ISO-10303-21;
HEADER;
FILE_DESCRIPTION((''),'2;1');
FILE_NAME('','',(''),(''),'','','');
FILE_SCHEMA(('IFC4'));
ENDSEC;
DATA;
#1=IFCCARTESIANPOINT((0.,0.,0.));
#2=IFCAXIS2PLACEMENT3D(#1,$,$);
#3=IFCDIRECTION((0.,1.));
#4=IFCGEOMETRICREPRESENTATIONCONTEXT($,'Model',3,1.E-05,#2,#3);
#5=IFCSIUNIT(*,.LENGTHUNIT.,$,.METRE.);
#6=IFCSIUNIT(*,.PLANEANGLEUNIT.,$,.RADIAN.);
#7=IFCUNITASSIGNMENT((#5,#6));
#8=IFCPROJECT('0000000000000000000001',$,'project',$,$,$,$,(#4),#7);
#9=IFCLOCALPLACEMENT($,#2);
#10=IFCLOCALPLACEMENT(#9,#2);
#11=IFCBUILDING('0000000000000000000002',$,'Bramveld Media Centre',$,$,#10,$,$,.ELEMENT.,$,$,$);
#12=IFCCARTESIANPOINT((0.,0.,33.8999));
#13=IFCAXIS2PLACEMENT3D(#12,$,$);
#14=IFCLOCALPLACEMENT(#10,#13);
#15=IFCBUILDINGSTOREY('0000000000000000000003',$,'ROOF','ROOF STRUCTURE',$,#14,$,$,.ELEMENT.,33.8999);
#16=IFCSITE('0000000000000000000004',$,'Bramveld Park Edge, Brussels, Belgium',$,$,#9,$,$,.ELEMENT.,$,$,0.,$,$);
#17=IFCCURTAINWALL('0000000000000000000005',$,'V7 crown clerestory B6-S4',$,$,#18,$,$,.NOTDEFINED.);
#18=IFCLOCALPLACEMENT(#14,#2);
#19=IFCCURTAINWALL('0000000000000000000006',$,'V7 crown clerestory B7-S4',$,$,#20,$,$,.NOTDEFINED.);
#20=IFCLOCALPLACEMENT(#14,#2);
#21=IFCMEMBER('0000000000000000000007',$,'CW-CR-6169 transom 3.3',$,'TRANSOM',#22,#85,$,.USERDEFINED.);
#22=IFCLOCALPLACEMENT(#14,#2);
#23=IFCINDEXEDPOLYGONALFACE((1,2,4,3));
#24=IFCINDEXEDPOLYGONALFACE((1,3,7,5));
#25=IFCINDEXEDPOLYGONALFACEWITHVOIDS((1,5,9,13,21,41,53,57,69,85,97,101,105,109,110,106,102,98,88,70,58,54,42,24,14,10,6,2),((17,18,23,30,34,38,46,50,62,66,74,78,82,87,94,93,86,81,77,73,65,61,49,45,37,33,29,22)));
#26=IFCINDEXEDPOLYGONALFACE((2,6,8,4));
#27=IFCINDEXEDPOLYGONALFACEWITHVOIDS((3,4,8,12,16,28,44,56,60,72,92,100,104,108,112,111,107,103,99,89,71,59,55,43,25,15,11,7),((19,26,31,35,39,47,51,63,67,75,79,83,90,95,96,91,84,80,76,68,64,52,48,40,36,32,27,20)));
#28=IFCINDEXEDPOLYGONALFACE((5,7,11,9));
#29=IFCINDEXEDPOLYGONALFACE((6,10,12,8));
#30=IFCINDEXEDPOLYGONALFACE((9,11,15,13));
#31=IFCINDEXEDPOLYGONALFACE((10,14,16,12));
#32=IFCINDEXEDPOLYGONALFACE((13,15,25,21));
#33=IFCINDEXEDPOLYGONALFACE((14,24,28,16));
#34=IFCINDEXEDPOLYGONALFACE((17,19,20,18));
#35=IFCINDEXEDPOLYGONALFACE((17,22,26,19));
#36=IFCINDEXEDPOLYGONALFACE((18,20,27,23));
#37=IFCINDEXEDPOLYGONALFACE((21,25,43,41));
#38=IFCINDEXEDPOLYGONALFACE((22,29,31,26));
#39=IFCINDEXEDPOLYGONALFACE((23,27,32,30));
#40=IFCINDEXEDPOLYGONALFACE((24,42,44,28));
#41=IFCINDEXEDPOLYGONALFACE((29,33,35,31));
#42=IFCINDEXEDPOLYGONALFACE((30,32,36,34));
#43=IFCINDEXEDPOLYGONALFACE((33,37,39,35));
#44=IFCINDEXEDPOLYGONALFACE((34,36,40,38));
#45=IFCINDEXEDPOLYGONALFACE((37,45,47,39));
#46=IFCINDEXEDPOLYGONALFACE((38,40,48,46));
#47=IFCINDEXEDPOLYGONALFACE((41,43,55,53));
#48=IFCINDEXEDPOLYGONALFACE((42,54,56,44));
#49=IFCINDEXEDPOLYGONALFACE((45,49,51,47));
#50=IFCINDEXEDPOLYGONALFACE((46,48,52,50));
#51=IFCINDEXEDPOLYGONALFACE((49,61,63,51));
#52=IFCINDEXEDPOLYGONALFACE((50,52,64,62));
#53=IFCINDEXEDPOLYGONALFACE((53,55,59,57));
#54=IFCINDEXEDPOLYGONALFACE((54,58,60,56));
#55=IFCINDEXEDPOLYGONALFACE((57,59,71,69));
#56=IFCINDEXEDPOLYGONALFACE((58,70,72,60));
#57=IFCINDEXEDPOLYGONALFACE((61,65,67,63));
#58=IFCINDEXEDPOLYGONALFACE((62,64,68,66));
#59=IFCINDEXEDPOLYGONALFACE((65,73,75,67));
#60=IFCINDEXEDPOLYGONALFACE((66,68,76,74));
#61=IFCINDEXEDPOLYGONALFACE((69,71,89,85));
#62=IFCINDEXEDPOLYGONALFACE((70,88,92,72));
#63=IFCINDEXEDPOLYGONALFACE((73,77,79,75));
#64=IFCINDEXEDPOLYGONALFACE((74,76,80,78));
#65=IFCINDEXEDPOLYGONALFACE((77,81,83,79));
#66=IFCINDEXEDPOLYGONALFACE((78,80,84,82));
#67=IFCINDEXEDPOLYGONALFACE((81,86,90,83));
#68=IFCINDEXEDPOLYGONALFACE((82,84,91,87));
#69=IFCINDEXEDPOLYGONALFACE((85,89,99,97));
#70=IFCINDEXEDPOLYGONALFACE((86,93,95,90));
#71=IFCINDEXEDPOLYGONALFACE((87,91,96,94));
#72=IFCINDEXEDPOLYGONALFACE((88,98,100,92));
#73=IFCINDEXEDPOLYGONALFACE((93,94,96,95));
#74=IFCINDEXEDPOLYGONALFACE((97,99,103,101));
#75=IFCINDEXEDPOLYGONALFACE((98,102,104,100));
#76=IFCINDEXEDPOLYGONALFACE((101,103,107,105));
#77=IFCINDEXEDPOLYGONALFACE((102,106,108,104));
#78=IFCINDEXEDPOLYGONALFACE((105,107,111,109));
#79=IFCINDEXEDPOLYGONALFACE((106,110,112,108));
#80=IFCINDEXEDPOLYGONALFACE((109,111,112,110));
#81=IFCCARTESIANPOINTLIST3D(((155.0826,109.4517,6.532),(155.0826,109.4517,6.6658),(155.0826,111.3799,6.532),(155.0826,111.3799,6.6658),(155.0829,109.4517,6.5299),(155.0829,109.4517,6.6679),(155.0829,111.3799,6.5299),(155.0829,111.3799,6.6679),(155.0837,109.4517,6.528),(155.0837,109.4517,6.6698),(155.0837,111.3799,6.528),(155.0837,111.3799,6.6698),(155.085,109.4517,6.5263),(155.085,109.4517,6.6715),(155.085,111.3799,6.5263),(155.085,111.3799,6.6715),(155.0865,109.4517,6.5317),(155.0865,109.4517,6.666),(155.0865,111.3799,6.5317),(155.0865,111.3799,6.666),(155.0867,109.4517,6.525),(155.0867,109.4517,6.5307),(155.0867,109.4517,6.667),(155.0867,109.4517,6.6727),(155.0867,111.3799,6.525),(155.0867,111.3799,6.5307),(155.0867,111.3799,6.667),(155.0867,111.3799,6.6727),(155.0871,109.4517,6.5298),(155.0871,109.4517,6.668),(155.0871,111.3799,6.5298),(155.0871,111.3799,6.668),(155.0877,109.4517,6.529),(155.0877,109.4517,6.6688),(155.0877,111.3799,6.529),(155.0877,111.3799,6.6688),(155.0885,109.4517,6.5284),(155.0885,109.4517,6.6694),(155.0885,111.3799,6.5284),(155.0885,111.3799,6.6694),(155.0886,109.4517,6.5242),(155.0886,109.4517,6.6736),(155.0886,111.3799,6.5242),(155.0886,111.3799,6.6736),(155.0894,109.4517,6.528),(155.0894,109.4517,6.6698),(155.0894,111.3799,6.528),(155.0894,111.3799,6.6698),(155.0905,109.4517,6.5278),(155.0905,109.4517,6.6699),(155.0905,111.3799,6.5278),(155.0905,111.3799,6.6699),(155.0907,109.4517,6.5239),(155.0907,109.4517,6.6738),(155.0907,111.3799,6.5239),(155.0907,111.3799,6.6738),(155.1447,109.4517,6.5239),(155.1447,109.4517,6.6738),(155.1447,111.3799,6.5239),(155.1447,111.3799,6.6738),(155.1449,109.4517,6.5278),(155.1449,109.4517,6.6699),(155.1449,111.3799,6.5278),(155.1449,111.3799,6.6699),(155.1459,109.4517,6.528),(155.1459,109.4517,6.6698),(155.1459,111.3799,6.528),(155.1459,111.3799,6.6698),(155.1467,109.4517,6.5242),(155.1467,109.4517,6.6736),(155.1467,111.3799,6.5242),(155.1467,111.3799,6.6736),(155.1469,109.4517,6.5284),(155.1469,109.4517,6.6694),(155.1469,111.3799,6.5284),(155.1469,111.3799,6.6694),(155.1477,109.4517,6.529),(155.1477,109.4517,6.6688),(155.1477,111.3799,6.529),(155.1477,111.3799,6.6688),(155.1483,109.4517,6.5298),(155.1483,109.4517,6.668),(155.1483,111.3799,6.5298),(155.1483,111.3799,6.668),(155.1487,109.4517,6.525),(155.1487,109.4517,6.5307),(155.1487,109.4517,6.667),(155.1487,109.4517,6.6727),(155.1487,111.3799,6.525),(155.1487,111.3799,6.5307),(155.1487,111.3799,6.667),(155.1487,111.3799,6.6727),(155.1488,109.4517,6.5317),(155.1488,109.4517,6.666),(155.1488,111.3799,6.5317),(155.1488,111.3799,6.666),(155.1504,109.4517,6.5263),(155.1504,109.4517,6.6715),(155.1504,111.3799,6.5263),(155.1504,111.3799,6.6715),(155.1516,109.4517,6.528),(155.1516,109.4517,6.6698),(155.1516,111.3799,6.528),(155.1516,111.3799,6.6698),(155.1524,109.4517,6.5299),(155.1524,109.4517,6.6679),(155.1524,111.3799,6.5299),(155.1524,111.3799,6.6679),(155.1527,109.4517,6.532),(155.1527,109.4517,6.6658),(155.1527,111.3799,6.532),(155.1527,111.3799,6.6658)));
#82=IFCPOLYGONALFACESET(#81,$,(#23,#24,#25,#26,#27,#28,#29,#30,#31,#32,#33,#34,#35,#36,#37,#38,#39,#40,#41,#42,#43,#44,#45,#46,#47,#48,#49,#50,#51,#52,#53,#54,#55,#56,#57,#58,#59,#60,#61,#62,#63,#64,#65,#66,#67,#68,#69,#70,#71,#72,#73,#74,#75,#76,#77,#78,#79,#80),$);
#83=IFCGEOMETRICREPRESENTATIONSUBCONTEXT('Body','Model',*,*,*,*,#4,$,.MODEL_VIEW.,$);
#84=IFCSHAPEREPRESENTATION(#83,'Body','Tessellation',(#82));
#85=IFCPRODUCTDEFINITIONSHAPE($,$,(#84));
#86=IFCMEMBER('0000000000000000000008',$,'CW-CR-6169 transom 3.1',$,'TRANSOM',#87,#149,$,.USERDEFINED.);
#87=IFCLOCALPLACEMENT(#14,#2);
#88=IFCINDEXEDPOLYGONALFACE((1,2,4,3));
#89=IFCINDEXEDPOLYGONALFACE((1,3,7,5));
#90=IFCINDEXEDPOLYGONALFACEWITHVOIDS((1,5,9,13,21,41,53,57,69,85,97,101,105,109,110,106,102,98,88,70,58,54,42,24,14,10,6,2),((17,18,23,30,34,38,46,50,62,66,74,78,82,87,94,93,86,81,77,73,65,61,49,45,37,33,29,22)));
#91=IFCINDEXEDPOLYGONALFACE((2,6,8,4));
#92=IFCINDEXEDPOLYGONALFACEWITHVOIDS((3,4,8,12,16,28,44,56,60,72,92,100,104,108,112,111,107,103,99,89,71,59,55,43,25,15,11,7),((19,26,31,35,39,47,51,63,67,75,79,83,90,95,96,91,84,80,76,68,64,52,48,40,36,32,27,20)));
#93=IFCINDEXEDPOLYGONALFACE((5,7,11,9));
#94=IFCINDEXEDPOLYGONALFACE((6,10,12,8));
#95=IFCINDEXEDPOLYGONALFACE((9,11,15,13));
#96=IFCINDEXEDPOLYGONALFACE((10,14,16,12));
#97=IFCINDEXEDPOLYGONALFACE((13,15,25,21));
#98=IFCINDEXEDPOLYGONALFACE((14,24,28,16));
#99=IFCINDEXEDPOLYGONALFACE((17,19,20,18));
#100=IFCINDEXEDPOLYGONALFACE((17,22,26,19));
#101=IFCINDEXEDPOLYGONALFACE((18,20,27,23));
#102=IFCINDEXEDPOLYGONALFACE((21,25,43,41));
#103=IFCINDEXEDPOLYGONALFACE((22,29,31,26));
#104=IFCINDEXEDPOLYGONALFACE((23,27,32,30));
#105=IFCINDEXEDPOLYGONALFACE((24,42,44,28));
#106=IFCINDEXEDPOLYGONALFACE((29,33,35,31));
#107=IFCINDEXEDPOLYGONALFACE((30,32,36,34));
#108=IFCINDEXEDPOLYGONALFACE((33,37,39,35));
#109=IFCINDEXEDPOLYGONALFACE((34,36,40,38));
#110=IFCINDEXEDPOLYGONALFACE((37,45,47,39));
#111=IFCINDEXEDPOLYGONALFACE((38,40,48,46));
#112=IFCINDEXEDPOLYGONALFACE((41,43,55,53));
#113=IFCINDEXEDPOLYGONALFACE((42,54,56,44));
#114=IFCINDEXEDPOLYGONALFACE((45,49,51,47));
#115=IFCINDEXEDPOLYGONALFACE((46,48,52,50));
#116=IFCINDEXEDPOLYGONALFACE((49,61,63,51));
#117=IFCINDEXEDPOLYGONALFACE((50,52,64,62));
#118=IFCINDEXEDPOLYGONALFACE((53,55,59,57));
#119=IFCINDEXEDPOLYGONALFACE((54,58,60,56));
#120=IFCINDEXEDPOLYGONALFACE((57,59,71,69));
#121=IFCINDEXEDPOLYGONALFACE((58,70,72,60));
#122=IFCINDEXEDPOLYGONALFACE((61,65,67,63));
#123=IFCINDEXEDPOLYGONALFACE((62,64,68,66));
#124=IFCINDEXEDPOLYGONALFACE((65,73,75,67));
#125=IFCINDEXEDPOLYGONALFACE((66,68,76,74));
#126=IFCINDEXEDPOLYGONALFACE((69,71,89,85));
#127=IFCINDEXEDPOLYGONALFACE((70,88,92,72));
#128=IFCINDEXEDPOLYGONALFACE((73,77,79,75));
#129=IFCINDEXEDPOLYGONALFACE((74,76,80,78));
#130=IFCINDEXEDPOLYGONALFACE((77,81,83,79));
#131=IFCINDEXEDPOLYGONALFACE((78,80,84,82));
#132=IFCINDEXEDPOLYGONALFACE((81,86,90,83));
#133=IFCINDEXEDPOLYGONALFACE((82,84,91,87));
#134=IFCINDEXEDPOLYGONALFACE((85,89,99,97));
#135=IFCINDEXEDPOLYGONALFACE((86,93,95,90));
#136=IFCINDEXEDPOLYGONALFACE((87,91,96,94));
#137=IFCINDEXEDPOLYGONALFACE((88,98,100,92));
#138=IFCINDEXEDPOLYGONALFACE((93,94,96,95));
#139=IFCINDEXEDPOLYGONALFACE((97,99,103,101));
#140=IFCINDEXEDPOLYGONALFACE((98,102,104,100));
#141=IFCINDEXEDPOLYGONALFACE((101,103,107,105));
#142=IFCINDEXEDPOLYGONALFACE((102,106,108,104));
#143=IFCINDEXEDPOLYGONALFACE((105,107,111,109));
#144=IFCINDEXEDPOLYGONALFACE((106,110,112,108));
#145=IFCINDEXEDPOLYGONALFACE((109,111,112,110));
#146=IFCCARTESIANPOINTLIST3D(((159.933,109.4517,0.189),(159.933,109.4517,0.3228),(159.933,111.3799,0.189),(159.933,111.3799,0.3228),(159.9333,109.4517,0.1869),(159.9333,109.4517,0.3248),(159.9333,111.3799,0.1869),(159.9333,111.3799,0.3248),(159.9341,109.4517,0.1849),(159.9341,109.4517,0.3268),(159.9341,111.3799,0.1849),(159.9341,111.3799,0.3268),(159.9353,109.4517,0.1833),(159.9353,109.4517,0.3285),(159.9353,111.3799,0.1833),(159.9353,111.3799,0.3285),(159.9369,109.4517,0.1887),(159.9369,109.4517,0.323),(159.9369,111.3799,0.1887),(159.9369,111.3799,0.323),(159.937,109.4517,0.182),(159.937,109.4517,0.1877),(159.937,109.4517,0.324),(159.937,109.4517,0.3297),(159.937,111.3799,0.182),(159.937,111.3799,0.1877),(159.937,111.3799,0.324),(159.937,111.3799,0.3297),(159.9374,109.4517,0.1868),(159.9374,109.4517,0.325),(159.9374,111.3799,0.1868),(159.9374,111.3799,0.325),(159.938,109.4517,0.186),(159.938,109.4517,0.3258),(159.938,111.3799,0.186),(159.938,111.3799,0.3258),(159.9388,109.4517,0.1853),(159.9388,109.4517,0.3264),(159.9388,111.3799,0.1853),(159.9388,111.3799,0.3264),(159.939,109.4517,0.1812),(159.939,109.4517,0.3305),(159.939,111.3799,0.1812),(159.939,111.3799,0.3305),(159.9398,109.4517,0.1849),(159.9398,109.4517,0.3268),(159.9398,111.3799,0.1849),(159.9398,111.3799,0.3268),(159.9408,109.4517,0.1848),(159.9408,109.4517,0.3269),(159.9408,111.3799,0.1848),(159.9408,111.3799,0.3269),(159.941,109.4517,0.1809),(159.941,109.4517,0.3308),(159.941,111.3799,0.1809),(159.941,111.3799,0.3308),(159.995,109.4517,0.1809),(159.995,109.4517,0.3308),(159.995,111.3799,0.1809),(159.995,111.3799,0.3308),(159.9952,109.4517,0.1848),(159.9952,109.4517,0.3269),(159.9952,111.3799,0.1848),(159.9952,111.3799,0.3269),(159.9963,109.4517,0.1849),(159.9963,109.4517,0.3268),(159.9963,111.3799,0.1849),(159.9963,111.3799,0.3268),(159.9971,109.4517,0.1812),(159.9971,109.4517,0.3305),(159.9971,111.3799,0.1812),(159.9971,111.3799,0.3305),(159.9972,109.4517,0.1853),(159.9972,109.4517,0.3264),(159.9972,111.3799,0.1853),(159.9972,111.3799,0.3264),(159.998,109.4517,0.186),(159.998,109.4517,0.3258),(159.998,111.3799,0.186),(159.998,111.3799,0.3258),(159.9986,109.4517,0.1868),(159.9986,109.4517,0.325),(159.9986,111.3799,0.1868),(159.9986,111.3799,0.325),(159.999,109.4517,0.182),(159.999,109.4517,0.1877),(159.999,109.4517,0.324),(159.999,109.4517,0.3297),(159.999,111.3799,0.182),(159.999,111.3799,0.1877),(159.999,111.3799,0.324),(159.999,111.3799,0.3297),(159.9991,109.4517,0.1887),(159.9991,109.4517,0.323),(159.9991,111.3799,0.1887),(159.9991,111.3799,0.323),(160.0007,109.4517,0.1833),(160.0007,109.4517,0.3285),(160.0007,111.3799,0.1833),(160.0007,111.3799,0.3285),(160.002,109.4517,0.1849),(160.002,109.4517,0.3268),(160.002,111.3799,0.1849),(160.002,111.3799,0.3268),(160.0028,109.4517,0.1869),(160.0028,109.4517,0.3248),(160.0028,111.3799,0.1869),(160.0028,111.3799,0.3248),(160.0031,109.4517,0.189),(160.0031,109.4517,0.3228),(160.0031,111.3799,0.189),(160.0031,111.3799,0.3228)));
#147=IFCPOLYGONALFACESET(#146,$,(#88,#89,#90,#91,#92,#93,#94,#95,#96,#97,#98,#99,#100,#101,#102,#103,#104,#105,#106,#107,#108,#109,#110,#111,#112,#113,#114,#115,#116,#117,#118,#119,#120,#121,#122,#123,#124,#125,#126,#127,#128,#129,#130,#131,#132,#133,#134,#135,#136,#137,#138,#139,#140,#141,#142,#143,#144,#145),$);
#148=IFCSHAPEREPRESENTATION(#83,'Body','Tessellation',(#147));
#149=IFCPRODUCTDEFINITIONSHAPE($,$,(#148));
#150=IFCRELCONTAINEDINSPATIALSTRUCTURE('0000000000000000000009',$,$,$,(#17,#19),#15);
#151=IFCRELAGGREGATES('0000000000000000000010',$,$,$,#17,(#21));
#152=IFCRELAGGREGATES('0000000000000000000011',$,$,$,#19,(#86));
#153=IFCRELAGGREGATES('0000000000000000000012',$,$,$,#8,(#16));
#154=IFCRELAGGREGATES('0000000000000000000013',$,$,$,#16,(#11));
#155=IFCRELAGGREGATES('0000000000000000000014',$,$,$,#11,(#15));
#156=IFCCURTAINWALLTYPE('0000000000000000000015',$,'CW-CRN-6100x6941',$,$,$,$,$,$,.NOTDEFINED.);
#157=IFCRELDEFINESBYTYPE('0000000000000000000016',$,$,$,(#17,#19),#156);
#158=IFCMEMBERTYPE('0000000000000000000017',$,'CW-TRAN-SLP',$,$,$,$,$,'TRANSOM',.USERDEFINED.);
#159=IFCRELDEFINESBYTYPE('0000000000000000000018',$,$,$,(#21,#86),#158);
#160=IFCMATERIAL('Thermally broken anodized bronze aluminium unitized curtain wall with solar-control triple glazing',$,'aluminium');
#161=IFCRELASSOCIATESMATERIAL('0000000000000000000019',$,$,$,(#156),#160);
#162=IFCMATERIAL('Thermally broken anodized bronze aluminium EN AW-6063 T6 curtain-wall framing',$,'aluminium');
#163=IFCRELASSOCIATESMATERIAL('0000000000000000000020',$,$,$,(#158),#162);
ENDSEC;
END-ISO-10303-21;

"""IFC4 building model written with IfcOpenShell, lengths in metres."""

from ifc_helpers import new_model, si_unit, direction, frame, origin, origin_2d, place, context, subcontext, project, spatial, hollow_rectangle, extrude, material, material_profile, profile_set, type_object, element, aggregate, save


model = new_model("IFC4")

# Units and contexts
model_context = context("Model", 3, precision=1e-05, world=origin(), true_north=direction((0.0, 1.0)))
body_context = subcontext(model_context, "Body", "Model", "MODEL_VIEW")
ifc_project = project(units=[si_unit("LENGTHUNIT", "METRE"), si_unit("PLANEANGLEUNIT", "RADIAN")], contexts=[model_context])

# Site, building, storey
site_placement = place(None, origin())
site = spatial("IfcSite", under=ifc_project, at=site_placement, Name="Bramveld Park Edge, Brussels, Belgium", CompositionType="ELEMENT", RefElevation=0.0)
building_placement = place(site_placement, origin())
building = spatial("IfcBuilding", under=site, at=building_placement, Name="Bramveld Media Centre", CompositionType="ELEMENT")
storey_placement = place(building_placement, frame((0.0, 0.0, 33.8999)))
storey = spatial("IfcBuildingStorey", under=building, at=storey_placement, Name="ROOF", Description="ROOF STRUCTURE", CompositionType="ELEMENT", Elevation=33.8999)

# Curtain walls
ifc_material_1 = material(Name="Thermally broken anodized bronze aluminium unitized curtain wall with solar-control triple glazing", Category="aluminium")
curtain_wall_type = type_object("IfcCurtainWallType", Name="CW-CRN-6100x6941", PredefinedType="NOTDEFINED", material=ifc_material_1)
curtain_wall_1_placement = place(storey_placement, origin())
curtain_wall_1 = element("IfcCurtainWall", 1, at=curtain_wall_1_placement, inside=storey, type_object=curtain_wall_type, Name="V7 crown clerestory B6-S4", PredefinedType="NOTDEFINED")
curtain_wall_2_placement = place(storey_placement, origin())
curtain_wall_2 = element("IfcCurtainWall", 2, at=curtain_wall_2_placement, inside=storey, type_object=curtain_wall_type, Name="V7 crown clerestory B7-S4", PredefinedType="NOTDEFINED")

# Members
ifc_material_2 = material(Name="Thermally broken anodized bronze aluminium EN AW-6063 T6 curtain-wall framing", Category="aluminium")
ifc_material_profile_1 = material_profile(ifc_material_2, hollow_rectangle(XDim=0.0701, YDim=0.1499, WallThickness=0.0039, InnerFilletRadius=0.0039, OuterFilletRadius=0.0081, at=origin_2d()), Name="AL-TRAN 70x150")
ifc_profile_set_1 = profile_set([ifc_material_profile_1], Name="Thermally broken anodized bronze aluminium EN AW-6063 T6 curtain-wall framing")
member_type_1 = type_object("IfcMemberType", Name="CW-TRAN-SLP", ElementType="TRANSOM", PredefinedType="USERDEFINED", material=ifc_profile_set_1)
member_1_placement = place(storey_placement, frame((155.1177, 109.4517, 6.5989), z_axis=(0.0, 1.0, 0.0), x_axis=(-1.0, 0.0, 0.0)))
member_1 = element("IfcMember", 3, at=member_1_placement, type_object=member_type_1, Name="CW-CR-6169 transom 3.3", ObjectType="TRANSOM", PredefinedType="USERDEFINED", context=body_context, shape_type="SweptSolid", body=[
    extrude(hollow_rectangle(XDim=0.0701, YDim=0.1499, WallThickness=0.0039, InnerFilletRadius=0.0039, OuterFilletRadius=0.0081, at=origin_2d()), origin(), (0.0, 0.0, 1.0), 1.9282),
])
member_2_placement = place(storey_placement, frame((159.968, 109.4517, 0.2559), z_axis=(0.0, 1.0, 0.0), x_axis=(-1.0, 0.0, 0.0)))
member_2 = element("IfcMember", 4, at=member_2_placement, type_object=member_type_1, Name="CW-CR-6169 transom 3.1", ObjectType="TRANSOM", PredefinedType="USERDEFINED", context=body_context, shape_type="SweptSolid", body=[
    extrude(hollow_rectangle(XDim=0.0701, YDim=0.1499, WallThickness=0.0039, InnerFilletRadius=0.0039, OuterFilletRadius=0.0081, at=origin_2d()), origin(), (0.0, 0.0, 1.0), 1.9282),
])

aggregate(curtain_wall_1, [member_1])
aggregate(curtain_wall_2, [member_2])

save(model, "model.ifc")
